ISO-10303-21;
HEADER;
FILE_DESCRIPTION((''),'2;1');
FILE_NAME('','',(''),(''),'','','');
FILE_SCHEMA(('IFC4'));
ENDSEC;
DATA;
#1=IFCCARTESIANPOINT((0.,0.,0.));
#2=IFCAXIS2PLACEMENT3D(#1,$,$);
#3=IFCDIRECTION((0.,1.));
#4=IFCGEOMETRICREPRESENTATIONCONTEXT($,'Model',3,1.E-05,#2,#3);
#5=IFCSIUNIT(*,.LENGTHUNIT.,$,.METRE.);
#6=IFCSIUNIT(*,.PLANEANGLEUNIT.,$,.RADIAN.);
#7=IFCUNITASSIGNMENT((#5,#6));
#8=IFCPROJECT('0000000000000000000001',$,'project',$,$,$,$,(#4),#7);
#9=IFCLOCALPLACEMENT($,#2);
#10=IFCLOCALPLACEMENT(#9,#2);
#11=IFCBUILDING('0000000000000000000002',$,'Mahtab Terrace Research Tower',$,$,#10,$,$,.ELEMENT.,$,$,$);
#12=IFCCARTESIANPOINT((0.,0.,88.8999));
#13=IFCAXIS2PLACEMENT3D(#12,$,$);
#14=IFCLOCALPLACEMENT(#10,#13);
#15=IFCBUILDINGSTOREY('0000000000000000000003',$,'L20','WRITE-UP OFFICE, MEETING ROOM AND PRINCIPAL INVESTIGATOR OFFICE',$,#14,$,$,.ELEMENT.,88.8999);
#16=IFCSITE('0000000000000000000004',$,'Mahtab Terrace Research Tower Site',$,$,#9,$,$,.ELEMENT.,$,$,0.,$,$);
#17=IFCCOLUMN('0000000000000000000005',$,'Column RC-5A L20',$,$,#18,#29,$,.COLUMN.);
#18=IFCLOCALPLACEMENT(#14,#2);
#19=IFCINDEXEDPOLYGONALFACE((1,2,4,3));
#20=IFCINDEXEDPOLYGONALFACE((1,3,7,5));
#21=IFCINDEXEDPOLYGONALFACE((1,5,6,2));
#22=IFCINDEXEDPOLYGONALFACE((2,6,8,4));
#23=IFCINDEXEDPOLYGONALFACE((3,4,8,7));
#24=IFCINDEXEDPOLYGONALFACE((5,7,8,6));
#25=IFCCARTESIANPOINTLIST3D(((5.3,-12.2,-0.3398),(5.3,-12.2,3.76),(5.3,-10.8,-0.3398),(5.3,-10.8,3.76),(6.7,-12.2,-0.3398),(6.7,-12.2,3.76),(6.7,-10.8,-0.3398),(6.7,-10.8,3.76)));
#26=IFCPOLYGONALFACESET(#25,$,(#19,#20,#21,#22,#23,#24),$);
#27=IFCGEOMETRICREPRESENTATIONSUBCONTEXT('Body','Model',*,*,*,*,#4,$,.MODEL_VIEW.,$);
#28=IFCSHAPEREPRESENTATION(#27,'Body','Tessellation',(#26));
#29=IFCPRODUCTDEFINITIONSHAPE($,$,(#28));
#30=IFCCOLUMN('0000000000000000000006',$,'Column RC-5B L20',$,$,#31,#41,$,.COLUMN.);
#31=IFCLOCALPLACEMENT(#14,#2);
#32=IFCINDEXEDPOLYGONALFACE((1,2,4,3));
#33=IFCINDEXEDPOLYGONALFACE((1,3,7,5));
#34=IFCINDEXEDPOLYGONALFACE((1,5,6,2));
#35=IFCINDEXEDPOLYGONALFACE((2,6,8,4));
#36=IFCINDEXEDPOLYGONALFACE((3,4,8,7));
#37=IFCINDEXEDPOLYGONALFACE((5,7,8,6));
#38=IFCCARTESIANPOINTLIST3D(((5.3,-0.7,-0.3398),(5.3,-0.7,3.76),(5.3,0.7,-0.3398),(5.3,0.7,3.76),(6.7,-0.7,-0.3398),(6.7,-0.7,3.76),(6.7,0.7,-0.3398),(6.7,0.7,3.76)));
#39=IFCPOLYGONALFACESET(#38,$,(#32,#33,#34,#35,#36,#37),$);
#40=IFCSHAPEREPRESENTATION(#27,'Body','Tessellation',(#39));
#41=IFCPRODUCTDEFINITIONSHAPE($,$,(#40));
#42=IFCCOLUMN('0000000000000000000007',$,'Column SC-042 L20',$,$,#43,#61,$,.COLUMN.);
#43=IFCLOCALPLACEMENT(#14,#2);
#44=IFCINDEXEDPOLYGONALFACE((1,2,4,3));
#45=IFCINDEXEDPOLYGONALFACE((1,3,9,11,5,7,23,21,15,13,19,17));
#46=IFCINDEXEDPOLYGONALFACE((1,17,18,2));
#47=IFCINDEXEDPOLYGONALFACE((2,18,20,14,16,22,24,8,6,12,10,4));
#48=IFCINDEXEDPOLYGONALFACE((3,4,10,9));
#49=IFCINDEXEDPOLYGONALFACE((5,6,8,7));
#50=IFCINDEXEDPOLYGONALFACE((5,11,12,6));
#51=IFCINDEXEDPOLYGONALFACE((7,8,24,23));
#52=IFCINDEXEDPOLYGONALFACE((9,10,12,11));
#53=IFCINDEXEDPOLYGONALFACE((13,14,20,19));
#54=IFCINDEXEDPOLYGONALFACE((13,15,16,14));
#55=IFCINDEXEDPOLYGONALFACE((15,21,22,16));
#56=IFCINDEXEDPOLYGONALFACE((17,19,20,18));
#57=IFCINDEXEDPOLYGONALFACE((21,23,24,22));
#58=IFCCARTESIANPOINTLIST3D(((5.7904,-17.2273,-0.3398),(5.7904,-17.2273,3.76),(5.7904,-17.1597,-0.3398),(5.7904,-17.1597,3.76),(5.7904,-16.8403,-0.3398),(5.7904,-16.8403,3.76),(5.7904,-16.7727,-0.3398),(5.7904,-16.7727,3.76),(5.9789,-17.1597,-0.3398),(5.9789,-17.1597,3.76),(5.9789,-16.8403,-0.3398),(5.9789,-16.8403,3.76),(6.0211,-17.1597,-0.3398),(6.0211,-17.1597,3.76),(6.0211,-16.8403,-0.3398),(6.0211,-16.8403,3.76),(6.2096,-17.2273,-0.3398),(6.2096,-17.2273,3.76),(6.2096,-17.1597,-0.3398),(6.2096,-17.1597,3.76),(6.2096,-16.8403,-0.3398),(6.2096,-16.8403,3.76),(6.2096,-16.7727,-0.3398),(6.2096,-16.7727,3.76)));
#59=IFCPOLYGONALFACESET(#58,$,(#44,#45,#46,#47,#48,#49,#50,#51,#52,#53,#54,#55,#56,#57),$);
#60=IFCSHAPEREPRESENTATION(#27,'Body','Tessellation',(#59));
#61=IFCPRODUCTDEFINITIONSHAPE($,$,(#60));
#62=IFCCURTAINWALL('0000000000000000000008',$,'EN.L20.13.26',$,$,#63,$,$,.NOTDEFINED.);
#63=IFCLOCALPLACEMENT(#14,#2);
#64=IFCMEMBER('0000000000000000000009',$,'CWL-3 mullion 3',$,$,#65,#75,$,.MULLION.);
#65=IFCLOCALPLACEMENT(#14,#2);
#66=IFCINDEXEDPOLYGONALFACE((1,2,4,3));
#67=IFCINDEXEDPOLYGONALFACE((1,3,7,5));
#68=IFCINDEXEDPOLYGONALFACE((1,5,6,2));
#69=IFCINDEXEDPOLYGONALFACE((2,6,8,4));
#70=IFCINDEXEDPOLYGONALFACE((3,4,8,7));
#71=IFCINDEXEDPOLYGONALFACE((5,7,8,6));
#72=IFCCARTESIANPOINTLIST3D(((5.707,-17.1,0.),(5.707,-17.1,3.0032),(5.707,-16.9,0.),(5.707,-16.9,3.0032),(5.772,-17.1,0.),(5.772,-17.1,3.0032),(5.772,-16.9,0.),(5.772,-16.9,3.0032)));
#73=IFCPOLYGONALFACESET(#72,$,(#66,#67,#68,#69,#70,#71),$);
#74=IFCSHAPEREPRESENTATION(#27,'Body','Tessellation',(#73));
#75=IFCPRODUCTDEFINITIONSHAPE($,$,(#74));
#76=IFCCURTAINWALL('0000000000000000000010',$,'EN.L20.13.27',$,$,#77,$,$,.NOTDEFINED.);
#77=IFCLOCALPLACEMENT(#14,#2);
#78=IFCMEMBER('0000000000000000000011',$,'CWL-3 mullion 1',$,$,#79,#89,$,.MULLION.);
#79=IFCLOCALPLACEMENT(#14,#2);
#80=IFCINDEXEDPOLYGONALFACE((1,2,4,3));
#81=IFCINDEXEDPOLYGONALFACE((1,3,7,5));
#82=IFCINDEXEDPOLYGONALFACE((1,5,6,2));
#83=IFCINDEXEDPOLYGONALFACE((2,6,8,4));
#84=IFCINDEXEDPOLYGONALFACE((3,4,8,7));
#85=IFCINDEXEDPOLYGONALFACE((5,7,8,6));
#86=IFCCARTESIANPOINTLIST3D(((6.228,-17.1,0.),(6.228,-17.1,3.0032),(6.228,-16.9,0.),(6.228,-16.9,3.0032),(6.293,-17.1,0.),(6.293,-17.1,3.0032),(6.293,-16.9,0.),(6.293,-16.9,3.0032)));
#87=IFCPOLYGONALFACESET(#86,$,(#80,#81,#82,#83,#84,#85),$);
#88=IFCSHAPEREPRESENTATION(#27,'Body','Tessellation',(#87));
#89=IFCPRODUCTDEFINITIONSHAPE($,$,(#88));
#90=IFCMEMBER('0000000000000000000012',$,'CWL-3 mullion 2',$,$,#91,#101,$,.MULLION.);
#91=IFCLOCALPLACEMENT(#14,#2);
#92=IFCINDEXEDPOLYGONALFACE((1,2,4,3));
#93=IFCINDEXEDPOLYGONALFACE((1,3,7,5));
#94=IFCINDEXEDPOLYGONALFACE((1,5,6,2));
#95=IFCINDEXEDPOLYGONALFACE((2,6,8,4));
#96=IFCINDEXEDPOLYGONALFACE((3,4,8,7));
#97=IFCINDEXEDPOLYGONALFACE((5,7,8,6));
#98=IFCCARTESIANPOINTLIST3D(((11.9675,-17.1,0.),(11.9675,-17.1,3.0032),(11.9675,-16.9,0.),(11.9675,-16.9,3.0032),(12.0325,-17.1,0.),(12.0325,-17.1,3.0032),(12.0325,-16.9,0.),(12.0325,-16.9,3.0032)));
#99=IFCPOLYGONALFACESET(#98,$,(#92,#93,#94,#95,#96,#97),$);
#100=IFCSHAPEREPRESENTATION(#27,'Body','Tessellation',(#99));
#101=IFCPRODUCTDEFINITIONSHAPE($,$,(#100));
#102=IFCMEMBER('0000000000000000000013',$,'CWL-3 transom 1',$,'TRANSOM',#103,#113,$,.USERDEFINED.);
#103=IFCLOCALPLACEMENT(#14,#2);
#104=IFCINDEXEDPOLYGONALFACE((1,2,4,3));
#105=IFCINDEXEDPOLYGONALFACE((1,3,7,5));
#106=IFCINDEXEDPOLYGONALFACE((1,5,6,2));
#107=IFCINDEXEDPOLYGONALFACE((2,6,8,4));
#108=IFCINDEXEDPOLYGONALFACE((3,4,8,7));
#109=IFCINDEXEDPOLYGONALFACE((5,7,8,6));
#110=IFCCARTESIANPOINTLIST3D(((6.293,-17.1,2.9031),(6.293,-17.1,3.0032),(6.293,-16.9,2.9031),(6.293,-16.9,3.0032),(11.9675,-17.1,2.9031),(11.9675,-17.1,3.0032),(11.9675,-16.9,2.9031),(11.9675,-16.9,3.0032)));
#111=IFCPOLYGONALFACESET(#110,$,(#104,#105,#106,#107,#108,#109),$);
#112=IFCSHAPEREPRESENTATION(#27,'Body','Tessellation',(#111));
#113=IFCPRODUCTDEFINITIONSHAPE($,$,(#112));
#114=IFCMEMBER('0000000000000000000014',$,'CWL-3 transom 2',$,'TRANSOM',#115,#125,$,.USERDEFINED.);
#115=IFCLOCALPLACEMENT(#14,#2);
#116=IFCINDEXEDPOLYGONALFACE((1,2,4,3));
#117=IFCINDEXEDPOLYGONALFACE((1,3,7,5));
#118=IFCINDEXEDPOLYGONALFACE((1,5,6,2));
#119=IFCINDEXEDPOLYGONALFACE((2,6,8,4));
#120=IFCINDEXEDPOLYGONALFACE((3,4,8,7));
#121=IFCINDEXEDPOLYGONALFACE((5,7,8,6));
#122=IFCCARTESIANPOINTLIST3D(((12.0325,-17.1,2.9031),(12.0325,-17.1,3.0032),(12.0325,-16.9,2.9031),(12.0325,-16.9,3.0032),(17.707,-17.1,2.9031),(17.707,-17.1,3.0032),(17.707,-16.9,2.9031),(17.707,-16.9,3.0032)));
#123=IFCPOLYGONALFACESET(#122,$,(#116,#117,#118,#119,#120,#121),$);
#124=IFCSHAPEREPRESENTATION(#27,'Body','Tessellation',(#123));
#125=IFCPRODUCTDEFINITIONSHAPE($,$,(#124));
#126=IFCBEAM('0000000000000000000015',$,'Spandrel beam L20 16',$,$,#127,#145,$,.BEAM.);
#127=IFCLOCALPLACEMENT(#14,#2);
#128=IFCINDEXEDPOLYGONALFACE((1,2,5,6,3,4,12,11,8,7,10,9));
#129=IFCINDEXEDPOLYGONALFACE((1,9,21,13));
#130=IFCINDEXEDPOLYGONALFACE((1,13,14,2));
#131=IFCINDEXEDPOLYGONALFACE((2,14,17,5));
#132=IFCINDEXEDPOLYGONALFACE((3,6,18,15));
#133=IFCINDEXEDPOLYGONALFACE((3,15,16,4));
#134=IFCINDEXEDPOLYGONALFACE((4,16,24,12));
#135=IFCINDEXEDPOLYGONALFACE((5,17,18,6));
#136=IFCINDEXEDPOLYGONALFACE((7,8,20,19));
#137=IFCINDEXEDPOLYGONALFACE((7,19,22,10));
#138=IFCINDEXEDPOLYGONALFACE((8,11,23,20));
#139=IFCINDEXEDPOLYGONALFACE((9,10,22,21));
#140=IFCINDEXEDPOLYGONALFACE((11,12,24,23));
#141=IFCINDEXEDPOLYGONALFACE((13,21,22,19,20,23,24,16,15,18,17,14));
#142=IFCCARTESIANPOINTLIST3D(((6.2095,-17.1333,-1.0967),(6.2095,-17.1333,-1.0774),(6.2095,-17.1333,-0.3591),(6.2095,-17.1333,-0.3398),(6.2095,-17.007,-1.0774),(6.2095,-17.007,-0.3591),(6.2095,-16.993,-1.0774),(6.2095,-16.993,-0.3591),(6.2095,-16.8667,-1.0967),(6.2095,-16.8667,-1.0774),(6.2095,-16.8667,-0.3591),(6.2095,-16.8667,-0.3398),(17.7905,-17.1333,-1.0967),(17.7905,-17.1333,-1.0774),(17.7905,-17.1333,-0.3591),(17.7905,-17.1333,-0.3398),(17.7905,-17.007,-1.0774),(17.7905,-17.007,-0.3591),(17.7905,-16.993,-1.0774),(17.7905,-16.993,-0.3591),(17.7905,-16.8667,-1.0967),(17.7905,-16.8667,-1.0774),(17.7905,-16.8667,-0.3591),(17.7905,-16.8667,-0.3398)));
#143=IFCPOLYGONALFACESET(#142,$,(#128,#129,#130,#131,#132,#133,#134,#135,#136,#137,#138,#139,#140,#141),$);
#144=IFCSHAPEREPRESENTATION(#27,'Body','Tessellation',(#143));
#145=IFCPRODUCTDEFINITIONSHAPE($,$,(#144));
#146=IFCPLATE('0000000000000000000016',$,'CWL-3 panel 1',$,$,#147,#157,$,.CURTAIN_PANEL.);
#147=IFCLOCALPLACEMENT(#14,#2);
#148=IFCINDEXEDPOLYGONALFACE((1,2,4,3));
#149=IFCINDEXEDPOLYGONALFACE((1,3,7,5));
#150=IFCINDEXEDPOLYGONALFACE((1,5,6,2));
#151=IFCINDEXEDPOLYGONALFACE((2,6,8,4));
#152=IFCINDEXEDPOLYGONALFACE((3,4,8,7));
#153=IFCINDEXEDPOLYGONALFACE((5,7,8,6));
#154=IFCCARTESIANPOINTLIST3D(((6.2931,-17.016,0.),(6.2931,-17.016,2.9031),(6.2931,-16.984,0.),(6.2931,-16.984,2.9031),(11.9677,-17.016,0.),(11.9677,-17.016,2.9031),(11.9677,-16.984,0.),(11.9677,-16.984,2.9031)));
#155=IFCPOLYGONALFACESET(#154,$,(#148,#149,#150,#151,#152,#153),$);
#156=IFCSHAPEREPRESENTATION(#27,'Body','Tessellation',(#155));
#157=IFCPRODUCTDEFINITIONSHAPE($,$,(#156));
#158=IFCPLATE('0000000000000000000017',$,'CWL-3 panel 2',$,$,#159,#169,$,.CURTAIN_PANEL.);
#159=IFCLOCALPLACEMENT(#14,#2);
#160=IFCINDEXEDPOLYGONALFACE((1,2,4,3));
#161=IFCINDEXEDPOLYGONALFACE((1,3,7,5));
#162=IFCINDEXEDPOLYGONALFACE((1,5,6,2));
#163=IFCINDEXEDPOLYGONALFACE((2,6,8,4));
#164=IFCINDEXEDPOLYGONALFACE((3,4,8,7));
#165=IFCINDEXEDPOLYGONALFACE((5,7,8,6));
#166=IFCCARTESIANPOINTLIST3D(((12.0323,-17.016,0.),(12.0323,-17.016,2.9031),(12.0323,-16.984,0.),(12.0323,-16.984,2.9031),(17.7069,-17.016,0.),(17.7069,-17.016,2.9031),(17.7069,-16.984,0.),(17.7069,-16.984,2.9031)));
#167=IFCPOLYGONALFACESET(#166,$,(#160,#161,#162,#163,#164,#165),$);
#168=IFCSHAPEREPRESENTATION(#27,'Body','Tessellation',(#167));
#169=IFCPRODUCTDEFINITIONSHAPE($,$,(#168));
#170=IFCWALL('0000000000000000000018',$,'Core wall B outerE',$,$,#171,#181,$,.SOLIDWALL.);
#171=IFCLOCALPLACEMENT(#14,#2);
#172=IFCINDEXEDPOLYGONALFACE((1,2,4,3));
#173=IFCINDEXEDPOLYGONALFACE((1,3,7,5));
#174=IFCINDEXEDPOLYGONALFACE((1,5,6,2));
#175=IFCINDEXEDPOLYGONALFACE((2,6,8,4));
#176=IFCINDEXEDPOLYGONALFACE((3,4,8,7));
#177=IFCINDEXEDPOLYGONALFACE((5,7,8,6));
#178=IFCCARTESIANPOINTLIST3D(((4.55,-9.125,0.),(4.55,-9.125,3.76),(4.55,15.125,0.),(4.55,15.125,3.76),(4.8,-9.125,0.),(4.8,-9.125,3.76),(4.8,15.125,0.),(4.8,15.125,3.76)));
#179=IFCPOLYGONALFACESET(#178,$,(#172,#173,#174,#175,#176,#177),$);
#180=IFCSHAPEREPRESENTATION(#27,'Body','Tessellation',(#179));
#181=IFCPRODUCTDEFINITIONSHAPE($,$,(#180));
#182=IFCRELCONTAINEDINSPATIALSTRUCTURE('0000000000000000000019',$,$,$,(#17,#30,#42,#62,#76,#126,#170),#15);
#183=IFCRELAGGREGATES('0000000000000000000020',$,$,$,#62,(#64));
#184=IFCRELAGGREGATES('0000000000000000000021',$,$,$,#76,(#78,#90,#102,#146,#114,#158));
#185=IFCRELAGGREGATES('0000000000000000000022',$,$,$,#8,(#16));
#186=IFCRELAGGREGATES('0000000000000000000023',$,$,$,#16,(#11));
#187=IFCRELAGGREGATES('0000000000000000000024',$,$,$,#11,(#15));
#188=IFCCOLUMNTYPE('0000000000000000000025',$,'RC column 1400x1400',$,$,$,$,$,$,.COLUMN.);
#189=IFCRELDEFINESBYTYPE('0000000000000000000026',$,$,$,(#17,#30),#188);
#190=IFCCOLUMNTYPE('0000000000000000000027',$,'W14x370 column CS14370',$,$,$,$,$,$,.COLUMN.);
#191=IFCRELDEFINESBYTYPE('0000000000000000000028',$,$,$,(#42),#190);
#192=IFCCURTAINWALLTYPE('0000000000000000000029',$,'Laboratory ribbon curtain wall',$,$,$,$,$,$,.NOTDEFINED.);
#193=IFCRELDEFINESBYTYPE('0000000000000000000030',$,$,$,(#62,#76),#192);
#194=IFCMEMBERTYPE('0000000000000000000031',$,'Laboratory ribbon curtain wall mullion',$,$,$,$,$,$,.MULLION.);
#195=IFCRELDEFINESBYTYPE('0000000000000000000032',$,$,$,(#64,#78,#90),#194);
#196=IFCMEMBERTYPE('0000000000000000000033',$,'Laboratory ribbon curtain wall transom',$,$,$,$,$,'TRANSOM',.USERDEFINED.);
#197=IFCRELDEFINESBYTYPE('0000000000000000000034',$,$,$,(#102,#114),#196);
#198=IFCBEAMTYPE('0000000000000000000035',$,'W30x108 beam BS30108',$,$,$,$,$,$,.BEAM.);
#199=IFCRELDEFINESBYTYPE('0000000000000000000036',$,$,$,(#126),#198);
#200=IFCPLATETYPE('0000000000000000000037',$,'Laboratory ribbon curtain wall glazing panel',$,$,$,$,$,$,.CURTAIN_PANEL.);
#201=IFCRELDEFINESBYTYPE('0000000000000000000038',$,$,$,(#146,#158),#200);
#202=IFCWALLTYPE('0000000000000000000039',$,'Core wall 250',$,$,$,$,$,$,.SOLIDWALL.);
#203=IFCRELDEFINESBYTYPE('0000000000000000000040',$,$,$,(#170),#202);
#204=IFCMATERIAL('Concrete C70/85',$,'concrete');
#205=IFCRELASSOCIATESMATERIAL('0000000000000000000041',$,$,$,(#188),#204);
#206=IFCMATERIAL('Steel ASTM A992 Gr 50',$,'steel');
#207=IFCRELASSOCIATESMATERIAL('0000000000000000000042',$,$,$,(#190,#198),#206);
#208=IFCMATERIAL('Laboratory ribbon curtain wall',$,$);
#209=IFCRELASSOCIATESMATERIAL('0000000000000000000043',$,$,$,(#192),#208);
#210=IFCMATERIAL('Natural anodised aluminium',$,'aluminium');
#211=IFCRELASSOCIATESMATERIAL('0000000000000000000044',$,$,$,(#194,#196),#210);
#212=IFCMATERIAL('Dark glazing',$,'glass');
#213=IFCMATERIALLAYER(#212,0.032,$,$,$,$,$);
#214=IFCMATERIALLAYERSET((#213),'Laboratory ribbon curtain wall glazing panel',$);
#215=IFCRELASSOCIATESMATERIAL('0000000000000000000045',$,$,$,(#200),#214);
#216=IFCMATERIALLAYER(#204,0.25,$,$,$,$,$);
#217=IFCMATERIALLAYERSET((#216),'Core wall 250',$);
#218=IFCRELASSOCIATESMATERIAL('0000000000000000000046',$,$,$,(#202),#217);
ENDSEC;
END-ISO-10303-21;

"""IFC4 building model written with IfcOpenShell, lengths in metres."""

from ifc_helpers import new_model, si_unit, direction, frame, frame_2d, origin, origin_2d, place, context, subcontext, project, spatial, rectangle, i_section, extrude, material, layer, layer_set, material_profile, profile_set, type_object, element, aggregate, save


model = new_model("IFC4")

# Units and contexts
model_context = context("Model", 3, precision=1e-05, world=origin(), true_north=direction((0.0, 1.0)))
body_context = subcontext(model_context, "Body", "Model", "MODEL_VIEW")
ifc_project = project(units=[si_unit("LENGTHUNIT", "METRE"), si_unit("PLANEANGLEUNIT", "RADIAN")], contexts=[model_context])

# Site, building, storey
site_placement = place(None, origin())
site = spatial("IfcSite", under=ifc_project, at=site_placement, Name="Mahtab Terrace Research Tower Site", CompositionType="ELEMENT", RefElevation=0.0)
building_placement = place(site_placement, origin())
building = spatial("IfcBuilding", under=site, at=building_placement, Name="Mahtab Terrace Research Tower", CompositionType="ELEMENT")
storey_placement = place(building_placement, frame((0.0, 0.0, 88.8999)))
storey = spatial("IfcBuildingStorey", under=building, at=storey_placement, Name="L20", Description="WRITE-UP OFFICE, MEETING ROOM AND PRINCIPAL INVESTIGATOR OFFICE", CompositionType="ELEMENT", Elevation=88.8999)

# Columns
ifc_material_1 = material(Name="Concrete C70/85", Category="concrete")
ifc_material_profile_1 = material_profile(ifc_material_1, rectangle(XDim=1.3999, YDim=1.3999, at=origin_2d()), Name="RC column 1400x1400")
ifc_profile_set_1 = profile_set([ifc_material_profile_1], Name="Concrete C70/85")
column_type_1 = type_object("IfcColumnType", Name="RC column 1400x1400", PredefinedType="COLUMN", material=ifc_profile_set_1)
for number, where, z_axis, x_axis, name in (
    (1, (6.0, -11.5, -0.3398), (0.0, 0.0, 1.0), (1.0, 0.0, 0.0), "Column RC-5A L20"),
    (2, (6.0, 0.0, -0.3398), (0.0, 0.0, 1.0), (1.0, 0.0, 0.0), "Column RC-5B L20"),
):
    element("IfcColumn", number, at=place(storey_placement, frame(where, z_axis=z_axis, x_axis=x_axis)), inside=storey, type_object=column_type_1, Name=name, PredefinedType="COLUMN", context=body_context, shape_type="SweptSolid", body=[
        extrude(rectangle(XDim=1.3999, YDim=1.3999, at=origin_2d()), origin(), (0.0, 0.0, 1.0), 4.0999),
    ])
ifc_material_2 = material(Name="Steel ASTM A992 Gr 50", Category="steel")
ifc_material_profile_2 = material_profile(ifc_material_2, i_section(OverallWidth=0.4192, OverallDepth=0.4546, WebThickness=0.0422, FlangeThickness=0.0676, at=origin_2d()), Name="W14X370")
ifc_profile_set_2 = profile_set([ifc_material_profile_2], Name="Steel ASTM A992 Gr 50")
column_type_2 = type_object("IfcColumnType", Name="W14x370 column CS14370", PredefinedType="COLUMN", material=ifc_profile_set_2)
column_placement = place(storey_placement, frame((6.0, -17.0, -0.3398), z_axis=(0.0, 0.0, 1.0), x_axis=(1.0, 0.0, 0.0)))
element("IfcColumn", 3, at=column_placement, inside=storey, type_object=column_type_2, Name="Column SC-042 L20", PredefinedType="COLUMN", context=body_context, shape_type="SweptSolid", body=[
    extrude(i_section(OverallWidth=0.4192, OverallDepth=0.4546, WebThickness=0.0422, FlangeThickness=0.0676, at=origin_2d()), origin(), (0.0, 0.0, 1.0), 4.0999),
])

# Curtain wall, member
ifc_material_3 = material(Name="Laboratory ribbon curtain wall")
curtain_wall_type = type_object("IfcCurtainWallType", Name="Laboratory ribbon curtain wall", PredefinedType="NOTDEFINED", material=ifc_material_3)
curtain_wall_1_placement = place(storey_placement, origin())
curtain_wall_1 = element("IfcCurtainWall", 4, at=curtain_wall_1_placement, inside=storey, type_object=curtain_wall_type, Name="EN.L20.13.26", PredefinedType="NOTDEFINED")
ifc_material_4 = material(Name="Natural anodised aluminium", Category="aluminium")
ifc_material_profile_3 = material_profile(ifc_material_4, rectangle(XDim=0.2, YDim=0.0649, at=origin_2d()), Name="MULLION 65x200")
ifc_profile_set_3 = profile_set([ifc_material_profile_3], Name="Natural anodised aluminium")
member_type_1 = type_object("IfcMemberType", Name="Laboratory ribbon curtain wall mullion", PredefinedType="MULLION", material=ifc_profile_set_3)
member_1_placement = place(storey_placement, frame((5.7395, -17.0, 0.0), z_axis=(0.0, 0.0, 1.0), x_axis=(0.0, 1.0, 0.0)))
member_1 = element("IfcMember", 5, at=member_1_placement, type_object=member_type_1, Name="CWL-3 mullion 3", PredefinedType="MULLION", context=body_context, shape_type="SweptSolid", body=[
    extrude(rectangle(XDim=0.2, YDim=0.0649, at=origin_2d()), origin(), (0.0, 0.0, 1.0), 3.0032),
])
aggregate(curtain_wall_1, [member_1])

# Curtain wall, members
curtain_wall_2_placement = place(storey_placement, origin())
curtain_wall_2 = element("IfcCurtainWall", 6, at=curtain_wall_2_placement, inside=storey, type_object=curtain_wall_type, Name="EN.L20.13.27", PredefinedType="NOTDEFINED")
member_2_placement = place(storey_placement, frame((6.2605, -17.0, 0.0), z_axis=(0.0, 0.0, 1.0), x_axis=(0.0, 1.0, 0.0)))
member_2 = element("IfcMember", 7, at=member_2_placement, type_object=member_type_1, Name="CWL-3 mullion 1", PredefinedType="MULLION", context=body_context, shape_type="SweptSolid", body=[
    extrude(rectangle(XDim=0.2, YDim=0.0649, at=origin_2d()), origin(), (0.0, 0.0, 1.0), 3.0032),
])
member_3_placement = place(storey_placement, frame((12.0, -17.0, 0.0), z_axis=(0.0, 0.0, 1.0), x_axis=(0.0, 1.0, 0.0)))
member_3 = element("IfcMember", 8, at=member_3_placement, type_object=member_type_1, Name="CWL-3 mullion 2", PredefinedType="MULLION", context=body_context, shape_type="SweptSolid", body=[
    extrude(rectangle(XDim=0.2, YDim=0.0649, at=origin_2d()), origin(), (0.0, 0.0, 1.0), 3.0032),
])
ifc_material_profile_4 = material_profile(ifc_material_4, rectangle(XDim=0.2, YDim=0.1001, at=origin_2d()), Name="TRANSOM 100x200")
ifc_profile_set_4 = profile_set([ifc_material_profile_4], Name="Natural anodised aluminium")
member_type_2 = type_object("IfcMemberType", Name="Laboratory ribbon curtain wall transom", ElementType="TRANSOM", PredefinedType="USERDEFINED", material=ifc_profile_set_4)
member_4_placement = place(storey_placement, frame((6.293, -17.0, 2.9531), z_axis=(1.0, 0.0, 0.0), x_axis=(0.0, 1.0, 0.0)))
member_4 = element("IfcMember", 9, at=member_4_placement, type_object=member_type_2, Name="CWL-3 transom 1", ObjectType="TRANSOM", PredefinedType="USERDEFINED", context=body_context, shape_type="SweptSolid", body=[
    extrude(rectangle(XDim=0.2, YDim=0.1001, at=origin_2d()), origin(), (0.0, 0.0, 1.0), 5.6746),
])
member_5_placement = place(storey_placement, frame((12.0325, -17.0, 2.9531), z_axis=(1.0, 0.0, 0.0), x_axis=(0.0, 1.0, 0.0)))
member_5 = element("IfcMember", 10, at=member_5_placement, type_object=member_type_2, Name="CWL-3 transom 2", ObjectType="TRANSOM", PredefinedType="USERDEFINED", context=body_context, shape_type="SweptSolid", body=[
    extrude(rectangle(XDim=0.2, YDim=0.1001, at=origin_2d()), origin(), (0.0, 0.0, 1.0), 5.6746),
])

# Beam
ifc_material_profile_5 = material_profile(ifc_material_2, i_section(OverallWidth=0.2666, OverallDepth=0.7568, WebThickness=0.0139, FlangeThickness=0.0193, at=origin_2d()), Name="W30X108")
ifc_profile_set_5 = profile_set([ifc_material_profile_5], Name="Steel ASTM A992 Gr 50")
beam_type = type_object("IfcBeamType", Name="W30x108 beam BS30108", PredefinedType="BEAM", material=ifc_profile_set_5)
beam_placement = place(storey_placement, frame((6.2095, -17.0, -0.7183), z_axis=(1.0, 0.0, 0.0), x_axis=(0.0, 1.0, 0.0)))
element("IfcBeam", 11, at=beam_placement, inside=storey, type_object=beam_type, Name="Spandrel beam L20 16", PredefinedType="BEAM", context=body_context, shape_type="SweptSolid", body=[
    extrude(i_section(OverallWidth=0.2666, OverallDepth=0.7568, WebThickness=0.0139, FlangeThickness=0.0193, at=origin_2d()), origin(), (0.0, 0.0, 1.0), 11.5811),
])

# Plates
ifc_material_5 = material(Name="Dark glazing", Category="glass")
ifc_layer_1 = layer(ifc_material_5, 0.032)
ifc_layer_set_1 = layer_set([ifc_layer_1], Name="Laboratory ribbon curtain wall glazing panel")
plate_type = type_object("IfcPlateType", Name="Laboratory ribbon curtain wall glazing panel", PredefinedType="CURTAIN_PANEL", material=ifc_layer_set_1)
plate_1_placement = place(storey_placement, frame((9.1304, -17.0, 0.0), z_axis=(0.0, 0.0, 1.0), x_axis=(1.0, 0.0, 0.0)))
plate_1 = element("IfcPlate", 12, at=plate_1_placement, type_object=plate_type, Name="CWL-3 panel 1", PredefinedType="CURTAIN_PANEL", context=body_context, shape_type="SweptSolid", body=[
    extrude(rectangle(XDim=5.6746, YDim=0.032, at=origin_2d()), origin(), (0.0, 0.0, 1.0), 2.9031),
])
plate_2_placement = place(storey_placement, frame((14.8696, -17.0, 0.0), z_axis=(0.0, 0.0, 1.0), x_axis=(1.0, 0.0, 0.0)))
plate_2 = element("IfcPlate", 13, at=plate_2_placement, type_object=plate_type, Name="CWL-3 panel 2", PredefinedType="CURTAIN_PANEL", context=body_context, shape_type="SweptSolid", body=[
    extrude(rectangle(XDim=5.6746, YDim=0.032, at=origin_2d()), origin(), (0.0, 0.0, 1.0), 2.9031),
])
aggregate(curtain_wall_2, [member_2, member_3, member_4, plate_1, member_5, plate_2])

# Wall
ifc_layer_2 = layer(ifc_material_1, 0.25)
ifc_layer_set_2 = layer_set([ifc_layer_2], Name="Core wall 250")
wall_type_1 = type_object("IfcWallType", Name="Core wall 250", PredefinedType="SOLIDWALL", material=ifc_layer_set_2)
wall_1_placement = place(storey_placement, frame((4.675, -9.125, 0.0), z_axis=(0.0, 0.0, 1.0), x_axis=(0.0, 1.0, 0.0)))
element("IfcWall", 14, at=wall_1_placement, inside=storey, type_object=wall_type_1, Name="Core wall B outerE", PredefinedType="SOLIDWALL", context=body_context, shape_type="SweptSolid", body=[
    extrude(rectangle(XDim=24.25, YDim=0.25, at=frame_2d((12.125, 0.0))), origin(), (0.0, 0.0, 1.0), 3.76),
])

save(model, "model.ifc")
